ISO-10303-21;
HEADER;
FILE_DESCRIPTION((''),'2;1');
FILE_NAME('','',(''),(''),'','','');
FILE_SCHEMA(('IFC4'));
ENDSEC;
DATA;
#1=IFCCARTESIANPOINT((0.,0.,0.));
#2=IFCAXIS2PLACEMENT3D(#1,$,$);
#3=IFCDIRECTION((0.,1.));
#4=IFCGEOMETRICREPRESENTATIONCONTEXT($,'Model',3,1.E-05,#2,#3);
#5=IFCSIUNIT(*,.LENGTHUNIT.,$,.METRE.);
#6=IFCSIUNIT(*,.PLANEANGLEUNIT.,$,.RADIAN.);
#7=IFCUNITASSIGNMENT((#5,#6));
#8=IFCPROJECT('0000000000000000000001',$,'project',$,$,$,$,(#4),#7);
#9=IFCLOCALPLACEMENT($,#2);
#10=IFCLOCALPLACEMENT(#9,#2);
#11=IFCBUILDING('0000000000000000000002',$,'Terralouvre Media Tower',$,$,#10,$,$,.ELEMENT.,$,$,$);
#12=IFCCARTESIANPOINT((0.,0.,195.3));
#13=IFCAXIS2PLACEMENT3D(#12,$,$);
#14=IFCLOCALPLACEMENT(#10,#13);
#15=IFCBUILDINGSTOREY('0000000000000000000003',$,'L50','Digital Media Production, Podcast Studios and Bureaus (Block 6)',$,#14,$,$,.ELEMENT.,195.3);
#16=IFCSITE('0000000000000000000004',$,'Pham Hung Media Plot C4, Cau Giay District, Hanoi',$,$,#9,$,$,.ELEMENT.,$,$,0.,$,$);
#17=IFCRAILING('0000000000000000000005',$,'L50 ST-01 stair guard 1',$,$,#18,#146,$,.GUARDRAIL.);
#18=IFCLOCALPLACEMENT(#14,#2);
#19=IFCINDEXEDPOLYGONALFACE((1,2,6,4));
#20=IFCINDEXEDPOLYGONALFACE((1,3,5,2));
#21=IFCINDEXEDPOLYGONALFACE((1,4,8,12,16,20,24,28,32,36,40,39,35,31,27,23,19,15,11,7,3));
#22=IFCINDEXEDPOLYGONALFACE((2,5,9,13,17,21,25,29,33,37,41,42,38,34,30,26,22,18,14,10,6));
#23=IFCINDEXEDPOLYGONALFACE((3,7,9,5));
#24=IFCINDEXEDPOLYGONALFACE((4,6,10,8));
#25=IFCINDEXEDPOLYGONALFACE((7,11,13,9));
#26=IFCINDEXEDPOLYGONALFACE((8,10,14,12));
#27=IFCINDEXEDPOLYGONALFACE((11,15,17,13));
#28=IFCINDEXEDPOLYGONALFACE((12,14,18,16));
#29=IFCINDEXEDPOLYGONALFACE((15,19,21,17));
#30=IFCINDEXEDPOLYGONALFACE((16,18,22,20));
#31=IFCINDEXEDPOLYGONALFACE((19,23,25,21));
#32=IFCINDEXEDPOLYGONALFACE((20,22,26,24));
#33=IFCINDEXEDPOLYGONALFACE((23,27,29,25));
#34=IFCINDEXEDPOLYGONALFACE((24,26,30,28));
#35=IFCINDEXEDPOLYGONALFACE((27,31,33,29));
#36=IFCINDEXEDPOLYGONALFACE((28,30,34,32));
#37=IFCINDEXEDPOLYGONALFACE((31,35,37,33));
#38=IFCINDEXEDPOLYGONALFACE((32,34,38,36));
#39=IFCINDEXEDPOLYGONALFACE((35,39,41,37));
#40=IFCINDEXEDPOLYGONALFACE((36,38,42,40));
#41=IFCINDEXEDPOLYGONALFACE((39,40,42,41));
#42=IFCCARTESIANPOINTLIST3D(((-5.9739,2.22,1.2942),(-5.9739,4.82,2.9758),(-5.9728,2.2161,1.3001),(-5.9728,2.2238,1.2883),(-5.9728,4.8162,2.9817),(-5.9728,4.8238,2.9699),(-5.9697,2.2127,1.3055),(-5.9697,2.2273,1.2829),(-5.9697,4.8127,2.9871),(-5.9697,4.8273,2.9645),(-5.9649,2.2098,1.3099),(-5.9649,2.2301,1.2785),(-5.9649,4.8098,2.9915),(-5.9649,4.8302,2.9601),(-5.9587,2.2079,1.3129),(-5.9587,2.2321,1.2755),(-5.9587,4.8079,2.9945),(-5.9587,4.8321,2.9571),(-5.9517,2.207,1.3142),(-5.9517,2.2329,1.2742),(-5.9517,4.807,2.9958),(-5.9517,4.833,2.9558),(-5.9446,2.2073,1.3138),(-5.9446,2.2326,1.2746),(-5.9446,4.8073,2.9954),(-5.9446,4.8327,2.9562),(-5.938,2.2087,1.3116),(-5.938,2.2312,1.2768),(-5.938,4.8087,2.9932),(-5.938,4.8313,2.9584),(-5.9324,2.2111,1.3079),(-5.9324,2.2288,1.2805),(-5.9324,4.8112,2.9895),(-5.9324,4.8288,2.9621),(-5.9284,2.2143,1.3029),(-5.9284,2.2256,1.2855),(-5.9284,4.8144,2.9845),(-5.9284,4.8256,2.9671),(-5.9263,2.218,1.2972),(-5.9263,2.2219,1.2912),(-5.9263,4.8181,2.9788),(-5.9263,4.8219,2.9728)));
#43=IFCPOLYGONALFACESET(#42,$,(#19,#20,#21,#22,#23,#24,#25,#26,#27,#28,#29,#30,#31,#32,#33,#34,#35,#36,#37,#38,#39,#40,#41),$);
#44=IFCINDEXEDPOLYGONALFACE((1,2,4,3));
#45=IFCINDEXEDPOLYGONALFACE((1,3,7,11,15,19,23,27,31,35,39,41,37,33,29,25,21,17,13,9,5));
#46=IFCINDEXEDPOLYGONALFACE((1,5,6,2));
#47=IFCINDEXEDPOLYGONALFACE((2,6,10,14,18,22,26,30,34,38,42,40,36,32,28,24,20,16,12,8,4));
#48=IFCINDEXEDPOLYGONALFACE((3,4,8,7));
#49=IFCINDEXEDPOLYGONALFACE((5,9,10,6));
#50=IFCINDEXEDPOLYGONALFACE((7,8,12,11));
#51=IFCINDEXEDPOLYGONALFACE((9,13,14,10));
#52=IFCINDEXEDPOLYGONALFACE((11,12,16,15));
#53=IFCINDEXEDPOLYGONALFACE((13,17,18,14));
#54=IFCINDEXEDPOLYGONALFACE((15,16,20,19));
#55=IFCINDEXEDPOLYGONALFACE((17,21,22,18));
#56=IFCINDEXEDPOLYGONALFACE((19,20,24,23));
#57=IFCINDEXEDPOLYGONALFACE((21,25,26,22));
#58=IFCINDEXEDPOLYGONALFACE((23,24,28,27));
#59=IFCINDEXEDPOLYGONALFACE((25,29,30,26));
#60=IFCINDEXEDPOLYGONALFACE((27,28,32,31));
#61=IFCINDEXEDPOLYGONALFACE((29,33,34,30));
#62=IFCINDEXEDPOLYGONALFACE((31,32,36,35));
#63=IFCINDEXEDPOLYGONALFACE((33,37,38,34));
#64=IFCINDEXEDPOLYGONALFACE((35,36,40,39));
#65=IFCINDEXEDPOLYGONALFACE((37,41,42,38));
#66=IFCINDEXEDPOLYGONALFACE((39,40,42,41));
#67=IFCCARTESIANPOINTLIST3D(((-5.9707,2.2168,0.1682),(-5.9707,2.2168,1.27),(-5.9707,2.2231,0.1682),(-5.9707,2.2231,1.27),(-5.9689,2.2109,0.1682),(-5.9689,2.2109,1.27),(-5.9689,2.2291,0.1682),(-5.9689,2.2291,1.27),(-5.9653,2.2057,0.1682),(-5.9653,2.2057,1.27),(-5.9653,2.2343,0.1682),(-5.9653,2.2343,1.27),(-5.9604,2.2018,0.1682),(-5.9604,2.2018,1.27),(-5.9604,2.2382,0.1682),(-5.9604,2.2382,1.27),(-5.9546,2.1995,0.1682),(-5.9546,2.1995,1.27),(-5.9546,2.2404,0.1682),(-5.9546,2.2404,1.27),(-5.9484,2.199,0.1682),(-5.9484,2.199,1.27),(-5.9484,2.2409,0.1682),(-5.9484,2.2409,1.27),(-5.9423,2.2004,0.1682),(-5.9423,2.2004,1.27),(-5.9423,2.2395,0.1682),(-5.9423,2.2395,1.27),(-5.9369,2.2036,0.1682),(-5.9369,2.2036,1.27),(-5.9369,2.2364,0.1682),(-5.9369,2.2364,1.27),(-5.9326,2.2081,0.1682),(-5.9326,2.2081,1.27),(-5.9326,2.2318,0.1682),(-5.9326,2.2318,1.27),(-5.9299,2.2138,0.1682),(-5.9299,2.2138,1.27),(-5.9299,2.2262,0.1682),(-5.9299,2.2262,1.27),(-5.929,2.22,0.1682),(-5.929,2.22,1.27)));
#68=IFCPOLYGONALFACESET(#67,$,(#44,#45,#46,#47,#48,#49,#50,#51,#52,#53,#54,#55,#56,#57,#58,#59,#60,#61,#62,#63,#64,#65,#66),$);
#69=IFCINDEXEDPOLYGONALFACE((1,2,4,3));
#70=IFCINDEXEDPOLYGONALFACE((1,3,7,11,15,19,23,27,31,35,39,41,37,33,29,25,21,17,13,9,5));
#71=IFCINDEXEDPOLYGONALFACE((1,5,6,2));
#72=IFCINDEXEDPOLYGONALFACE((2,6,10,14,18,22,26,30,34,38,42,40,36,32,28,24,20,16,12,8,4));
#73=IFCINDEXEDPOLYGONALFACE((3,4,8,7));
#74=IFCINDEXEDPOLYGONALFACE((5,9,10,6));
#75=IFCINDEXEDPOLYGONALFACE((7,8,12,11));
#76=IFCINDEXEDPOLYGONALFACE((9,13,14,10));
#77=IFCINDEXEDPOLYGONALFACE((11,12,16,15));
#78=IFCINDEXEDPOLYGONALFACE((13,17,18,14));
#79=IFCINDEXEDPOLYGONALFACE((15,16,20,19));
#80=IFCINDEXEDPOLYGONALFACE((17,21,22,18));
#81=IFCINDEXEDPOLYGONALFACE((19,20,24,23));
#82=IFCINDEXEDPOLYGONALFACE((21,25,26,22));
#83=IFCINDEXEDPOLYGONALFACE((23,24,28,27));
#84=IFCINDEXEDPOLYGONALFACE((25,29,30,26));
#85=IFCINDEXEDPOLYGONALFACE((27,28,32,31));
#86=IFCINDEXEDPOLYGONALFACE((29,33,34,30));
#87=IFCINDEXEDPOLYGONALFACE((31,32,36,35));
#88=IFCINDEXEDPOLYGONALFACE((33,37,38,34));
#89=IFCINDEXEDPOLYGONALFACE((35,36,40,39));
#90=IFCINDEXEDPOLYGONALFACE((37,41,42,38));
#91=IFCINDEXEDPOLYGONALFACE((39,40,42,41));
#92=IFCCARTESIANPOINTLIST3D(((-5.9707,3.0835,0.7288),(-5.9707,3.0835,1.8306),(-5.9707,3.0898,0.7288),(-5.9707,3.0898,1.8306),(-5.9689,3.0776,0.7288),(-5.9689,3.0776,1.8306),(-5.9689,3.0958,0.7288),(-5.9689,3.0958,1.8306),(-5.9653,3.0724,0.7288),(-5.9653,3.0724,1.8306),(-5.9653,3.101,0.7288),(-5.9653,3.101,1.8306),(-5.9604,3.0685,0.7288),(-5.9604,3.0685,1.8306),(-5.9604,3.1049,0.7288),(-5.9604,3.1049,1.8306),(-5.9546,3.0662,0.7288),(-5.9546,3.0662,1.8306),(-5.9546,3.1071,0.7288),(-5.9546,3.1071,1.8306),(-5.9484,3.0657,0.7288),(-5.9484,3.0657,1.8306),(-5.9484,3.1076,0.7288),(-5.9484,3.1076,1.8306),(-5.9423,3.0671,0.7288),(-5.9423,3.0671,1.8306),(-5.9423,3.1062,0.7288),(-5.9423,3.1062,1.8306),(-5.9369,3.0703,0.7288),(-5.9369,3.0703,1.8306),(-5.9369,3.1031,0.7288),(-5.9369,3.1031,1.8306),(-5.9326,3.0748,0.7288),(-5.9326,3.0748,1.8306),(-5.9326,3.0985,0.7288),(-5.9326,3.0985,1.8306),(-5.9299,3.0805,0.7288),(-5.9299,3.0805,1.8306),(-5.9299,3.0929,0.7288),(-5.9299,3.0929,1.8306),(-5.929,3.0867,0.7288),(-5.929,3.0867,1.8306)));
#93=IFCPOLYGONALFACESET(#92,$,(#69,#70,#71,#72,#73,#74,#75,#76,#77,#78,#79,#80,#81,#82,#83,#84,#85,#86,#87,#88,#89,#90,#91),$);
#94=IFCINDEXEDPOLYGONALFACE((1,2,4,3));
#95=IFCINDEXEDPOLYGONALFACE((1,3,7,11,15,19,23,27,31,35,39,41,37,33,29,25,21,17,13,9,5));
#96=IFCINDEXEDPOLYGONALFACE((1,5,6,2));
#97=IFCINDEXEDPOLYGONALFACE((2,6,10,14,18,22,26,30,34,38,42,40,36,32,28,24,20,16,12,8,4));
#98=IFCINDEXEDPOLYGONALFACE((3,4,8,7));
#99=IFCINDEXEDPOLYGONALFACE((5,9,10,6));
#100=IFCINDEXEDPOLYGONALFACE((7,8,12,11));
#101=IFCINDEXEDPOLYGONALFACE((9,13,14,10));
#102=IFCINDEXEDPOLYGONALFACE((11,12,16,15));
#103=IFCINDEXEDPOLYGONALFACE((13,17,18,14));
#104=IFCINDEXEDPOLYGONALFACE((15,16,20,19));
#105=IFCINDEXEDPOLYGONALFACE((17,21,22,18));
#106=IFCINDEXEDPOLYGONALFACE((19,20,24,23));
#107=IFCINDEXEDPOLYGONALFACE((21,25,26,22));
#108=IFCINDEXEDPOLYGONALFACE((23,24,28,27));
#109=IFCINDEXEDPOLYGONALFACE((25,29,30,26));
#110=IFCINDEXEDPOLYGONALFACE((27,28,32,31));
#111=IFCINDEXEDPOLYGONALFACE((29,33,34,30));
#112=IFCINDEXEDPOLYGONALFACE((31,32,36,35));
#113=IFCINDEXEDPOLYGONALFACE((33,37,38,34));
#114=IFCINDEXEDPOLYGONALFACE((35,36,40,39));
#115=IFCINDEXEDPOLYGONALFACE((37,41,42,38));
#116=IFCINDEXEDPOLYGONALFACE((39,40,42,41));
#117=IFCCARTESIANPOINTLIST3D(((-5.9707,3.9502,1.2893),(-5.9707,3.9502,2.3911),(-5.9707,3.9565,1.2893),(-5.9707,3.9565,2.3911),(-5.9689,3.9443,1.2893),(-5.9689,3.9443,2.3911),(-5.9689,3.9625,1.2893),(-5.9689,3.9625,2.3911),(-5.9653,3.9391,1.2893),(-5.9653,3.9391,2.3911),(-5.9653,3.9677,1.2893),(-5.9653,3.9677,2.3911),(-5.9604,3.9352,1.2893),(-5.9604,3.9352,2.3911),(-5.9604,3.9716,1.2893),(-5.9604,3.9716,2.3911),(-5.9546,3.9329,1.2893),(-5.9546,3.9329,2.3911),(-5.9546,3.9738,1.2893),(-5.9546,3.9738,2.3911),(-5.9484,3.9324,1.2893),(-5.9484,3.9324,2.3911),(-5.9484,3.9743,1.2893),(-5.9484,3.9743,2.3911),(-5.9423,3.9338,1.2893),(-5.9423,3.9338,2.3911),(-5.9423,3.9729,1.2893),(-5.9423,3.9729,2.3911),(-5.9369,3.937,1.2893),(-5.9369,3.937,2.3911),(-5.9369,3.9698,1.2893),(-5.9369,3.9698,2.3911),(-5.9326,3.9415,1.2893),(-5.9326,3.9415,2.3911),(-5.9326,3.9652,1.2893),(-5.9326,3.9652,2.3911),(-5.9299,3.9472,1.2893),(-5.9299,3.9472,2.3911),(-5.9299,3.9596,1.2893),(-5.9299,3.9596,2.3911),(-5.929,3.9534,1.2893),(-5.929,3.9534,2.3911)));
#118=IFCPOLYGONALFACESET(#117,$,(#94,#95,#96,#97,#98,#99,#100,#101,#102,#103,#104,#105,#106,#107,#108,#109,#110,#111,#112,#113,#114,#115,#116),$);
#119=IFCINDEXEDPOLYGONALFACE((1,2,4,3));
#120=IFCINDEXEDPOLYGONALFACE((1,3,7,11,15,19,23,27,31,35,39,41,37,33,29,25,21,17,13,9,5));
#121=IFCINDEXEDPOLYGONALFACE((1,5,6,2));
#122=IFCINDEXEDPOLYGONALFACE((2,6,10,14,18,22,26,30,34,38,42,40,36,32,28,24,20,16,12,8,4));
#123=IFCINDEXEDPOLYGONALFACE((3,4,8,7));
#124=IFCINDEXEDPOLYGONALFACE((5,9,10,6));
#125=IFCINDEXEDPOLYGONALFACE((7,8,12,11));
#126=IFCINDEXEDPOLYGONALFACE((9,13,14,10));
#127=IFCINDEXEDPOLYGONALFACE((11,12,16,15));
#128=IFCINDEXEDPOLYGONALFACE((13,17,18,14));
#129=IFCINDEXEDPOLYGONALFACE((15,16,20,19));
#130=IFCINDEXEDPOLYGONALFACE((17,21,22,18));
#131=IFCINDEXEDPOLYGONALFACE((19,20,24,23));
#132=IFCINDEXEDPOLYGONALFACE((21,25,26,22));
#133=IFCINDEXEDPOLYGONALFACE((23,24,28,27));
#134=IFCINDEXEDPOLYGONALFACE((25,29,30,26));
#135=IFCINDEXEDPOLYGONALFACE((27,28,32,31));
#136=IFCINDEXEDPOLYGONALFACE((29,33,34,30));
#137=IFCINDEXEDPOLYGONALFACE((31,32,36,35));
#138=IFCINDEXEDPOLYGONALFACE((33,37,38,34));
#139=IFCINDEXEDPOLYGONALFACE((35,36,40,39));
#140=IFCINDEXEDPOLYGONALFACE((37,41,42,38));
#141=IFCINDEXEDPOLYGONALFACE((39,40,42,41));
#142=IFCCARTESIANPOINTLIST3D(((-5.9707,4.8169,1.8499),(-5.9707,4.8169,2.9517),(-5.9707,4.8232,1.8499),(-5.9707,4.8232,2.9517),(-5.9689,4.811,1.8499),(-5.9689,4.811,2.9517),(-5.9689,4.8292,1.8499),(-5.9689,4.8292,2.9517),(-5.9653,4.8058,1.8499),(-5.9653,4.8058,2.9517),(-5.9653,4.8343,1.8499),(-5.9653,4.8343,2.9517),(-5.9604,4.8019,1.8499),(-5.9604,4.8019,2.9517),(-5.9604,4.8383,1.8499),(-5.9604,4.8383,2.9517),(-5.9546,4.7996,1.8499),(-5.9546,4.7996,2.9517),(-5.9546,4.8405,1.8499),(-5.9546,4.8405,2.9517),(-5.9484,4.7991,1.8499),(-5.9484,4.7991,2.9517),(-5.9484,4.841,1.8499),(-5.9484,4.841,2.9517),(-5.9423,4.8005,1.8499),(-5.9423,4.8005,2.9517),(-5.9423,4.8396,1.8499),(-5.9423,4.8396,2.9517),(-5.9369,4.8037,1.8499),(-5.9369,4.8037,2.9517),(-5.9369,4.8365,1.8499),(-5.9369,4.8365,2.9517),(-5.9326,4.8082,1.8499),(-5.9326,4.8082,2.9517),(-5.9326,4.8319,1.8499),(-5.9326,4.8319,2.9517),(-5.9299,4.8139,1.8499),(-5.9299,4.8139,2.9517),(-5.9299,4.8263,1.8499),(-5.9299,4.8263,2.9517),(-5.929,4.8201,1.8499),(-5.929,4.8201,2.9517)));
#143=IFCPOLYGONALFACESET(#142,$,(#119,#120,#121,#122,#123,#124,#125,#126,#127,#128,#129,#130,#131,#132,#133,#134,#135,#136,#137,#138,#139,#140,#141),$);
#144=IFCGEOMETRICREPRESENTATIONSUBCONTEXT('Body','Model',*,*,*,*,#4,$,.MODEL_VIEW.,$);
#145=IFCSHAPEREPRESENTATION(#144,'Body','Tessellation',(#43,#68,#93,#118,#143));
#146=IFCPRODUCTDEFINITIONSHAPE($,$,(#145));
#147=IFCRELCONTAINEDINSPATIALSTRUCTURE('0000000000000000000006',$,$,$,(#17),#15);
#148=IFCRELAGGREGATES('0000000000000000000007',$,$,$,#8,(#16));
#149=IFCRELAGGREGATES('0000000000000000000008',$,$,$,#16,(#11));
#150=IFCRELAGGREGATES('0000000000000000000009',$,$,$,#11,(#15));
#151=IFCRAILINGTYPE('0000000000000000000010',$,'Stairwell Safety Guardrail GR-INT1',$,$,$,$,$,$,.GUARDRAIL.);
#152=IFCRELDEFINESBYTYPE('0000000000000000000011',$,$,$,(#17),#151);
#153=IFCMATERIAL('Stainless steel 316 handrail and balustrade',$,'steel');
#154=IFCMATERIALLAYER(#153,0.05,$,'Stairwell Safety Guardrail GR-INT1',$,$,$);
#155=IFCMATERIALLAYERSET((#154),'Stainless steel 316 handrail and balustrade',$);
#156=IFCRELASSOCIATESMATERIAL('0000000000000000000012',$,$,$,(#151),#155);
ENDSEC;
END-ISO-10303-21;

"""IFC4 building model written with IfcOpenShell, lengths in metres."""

from ifc_helpers import new_model, si_unit, direction, frame, origin, origin_2d, place, context, subcontext, project, spatial, circle, extrude, material, layer, layer_set, type_object, element, save


model = new_model("IFC4")

# Units and contexts
model_context = context("Model", 3, precision=1e-05, world=origin(), true_north=direction((0.0, 1.0)))
body_context = subcontext(model_context, "Body", "Model", "MODEL_VIEW")
ifc_project = project(units=[si_unit("LENGTHUNIT", "METRE"), si_unit("PLANEANGLEUNIT", "RADIAN")], contexts=[model_context])

# Site, building, storey
site_placement = place(None, origin())
site = spatial("IfcSite", under=ifc_project, at=site_placement, Name="Pham Hung Media Plot C4, Cau Giay District, Hanoi", CompositionType="ELEMENT", RefElevation=0.0)
building_placement = place(site_placement, origin())
building = spatial("IfcBuilding", under=site, at=building_placement, Name="Terralouvre Media Tower", CompositionType="ELEMENT")
storey_placement = place(building_placement, frame((0.0, 0.0, 195.3)))
storey = spatial("IfcBuildingStorey", under=building, at=storey_placement, Name="L50", Description="Digital Media Production, Podcast Studios and Bureaus (Block 6)", CompositionType="ELEMENT", Elevation=195.3)

# Railing
ifc_material_1 = material(Name="Stainless steel 316 handrail and balustrade", Category="steel")
ifc_layer_1 = layer(ifc_material_1, 0.05, Name="Stairwell Safety Guardrail GR-INT1")
ifc_layer_set_1 = layer_set([ifc_layer_1], Name="Stainless steel 316 handrail and balustrade")
railing_type_1 = type_object("IfcRailingType", Name="Stairwell Safety Guardrail GR-INT1", PredefinedType="GUARDRAIL", material=ifc_layer_set_1)
railing_1_placement = place(storey_placement, frame((-5.95, 2.22, 0.1682)))
element("IfcRailing", 1, at=railing_1_placement, inside=storey, type_object=railing_type_1, Name="L50 ST-01 stair guard 1", PredefinedType="GUARDRAIL", context=body_context, shape_type="SweptSolid", body=[
    extrude(circle(Radius=0.0239, at=origin_2d()), frame((0.0, 0.0, 1.126), z_axis=(0.0, 0.839684, 0.543075), x_axis=(-1.0, 0.0, 0.0)), (0.0, 0.0, 1.0), 3.0964),
    extrude(circle(Radius=0.021, at=origin_2d()), origin(), (0.0, 0.0, 1.0), 1.1018),
    extrude(circle(Radius=0.021, at=origin_2d()), frame((0.0, 0.8667, 0.5605)), (0.0, 0.0, 1.0), 1.1018),
    extrude(circle(Radius=0.021, at=origin_2d()), frame((0.0, 1.7334, 1.1211)), (0.0, 0.0, 1.0), 1.1018),
    extrude(circle(Radius=0.021, at=origin_2d()), frame((0.0, 2.6001, 1.6816)), (0.0, 0.0, 1.0), 1.1018),
])

save(model, "model.ifc")
